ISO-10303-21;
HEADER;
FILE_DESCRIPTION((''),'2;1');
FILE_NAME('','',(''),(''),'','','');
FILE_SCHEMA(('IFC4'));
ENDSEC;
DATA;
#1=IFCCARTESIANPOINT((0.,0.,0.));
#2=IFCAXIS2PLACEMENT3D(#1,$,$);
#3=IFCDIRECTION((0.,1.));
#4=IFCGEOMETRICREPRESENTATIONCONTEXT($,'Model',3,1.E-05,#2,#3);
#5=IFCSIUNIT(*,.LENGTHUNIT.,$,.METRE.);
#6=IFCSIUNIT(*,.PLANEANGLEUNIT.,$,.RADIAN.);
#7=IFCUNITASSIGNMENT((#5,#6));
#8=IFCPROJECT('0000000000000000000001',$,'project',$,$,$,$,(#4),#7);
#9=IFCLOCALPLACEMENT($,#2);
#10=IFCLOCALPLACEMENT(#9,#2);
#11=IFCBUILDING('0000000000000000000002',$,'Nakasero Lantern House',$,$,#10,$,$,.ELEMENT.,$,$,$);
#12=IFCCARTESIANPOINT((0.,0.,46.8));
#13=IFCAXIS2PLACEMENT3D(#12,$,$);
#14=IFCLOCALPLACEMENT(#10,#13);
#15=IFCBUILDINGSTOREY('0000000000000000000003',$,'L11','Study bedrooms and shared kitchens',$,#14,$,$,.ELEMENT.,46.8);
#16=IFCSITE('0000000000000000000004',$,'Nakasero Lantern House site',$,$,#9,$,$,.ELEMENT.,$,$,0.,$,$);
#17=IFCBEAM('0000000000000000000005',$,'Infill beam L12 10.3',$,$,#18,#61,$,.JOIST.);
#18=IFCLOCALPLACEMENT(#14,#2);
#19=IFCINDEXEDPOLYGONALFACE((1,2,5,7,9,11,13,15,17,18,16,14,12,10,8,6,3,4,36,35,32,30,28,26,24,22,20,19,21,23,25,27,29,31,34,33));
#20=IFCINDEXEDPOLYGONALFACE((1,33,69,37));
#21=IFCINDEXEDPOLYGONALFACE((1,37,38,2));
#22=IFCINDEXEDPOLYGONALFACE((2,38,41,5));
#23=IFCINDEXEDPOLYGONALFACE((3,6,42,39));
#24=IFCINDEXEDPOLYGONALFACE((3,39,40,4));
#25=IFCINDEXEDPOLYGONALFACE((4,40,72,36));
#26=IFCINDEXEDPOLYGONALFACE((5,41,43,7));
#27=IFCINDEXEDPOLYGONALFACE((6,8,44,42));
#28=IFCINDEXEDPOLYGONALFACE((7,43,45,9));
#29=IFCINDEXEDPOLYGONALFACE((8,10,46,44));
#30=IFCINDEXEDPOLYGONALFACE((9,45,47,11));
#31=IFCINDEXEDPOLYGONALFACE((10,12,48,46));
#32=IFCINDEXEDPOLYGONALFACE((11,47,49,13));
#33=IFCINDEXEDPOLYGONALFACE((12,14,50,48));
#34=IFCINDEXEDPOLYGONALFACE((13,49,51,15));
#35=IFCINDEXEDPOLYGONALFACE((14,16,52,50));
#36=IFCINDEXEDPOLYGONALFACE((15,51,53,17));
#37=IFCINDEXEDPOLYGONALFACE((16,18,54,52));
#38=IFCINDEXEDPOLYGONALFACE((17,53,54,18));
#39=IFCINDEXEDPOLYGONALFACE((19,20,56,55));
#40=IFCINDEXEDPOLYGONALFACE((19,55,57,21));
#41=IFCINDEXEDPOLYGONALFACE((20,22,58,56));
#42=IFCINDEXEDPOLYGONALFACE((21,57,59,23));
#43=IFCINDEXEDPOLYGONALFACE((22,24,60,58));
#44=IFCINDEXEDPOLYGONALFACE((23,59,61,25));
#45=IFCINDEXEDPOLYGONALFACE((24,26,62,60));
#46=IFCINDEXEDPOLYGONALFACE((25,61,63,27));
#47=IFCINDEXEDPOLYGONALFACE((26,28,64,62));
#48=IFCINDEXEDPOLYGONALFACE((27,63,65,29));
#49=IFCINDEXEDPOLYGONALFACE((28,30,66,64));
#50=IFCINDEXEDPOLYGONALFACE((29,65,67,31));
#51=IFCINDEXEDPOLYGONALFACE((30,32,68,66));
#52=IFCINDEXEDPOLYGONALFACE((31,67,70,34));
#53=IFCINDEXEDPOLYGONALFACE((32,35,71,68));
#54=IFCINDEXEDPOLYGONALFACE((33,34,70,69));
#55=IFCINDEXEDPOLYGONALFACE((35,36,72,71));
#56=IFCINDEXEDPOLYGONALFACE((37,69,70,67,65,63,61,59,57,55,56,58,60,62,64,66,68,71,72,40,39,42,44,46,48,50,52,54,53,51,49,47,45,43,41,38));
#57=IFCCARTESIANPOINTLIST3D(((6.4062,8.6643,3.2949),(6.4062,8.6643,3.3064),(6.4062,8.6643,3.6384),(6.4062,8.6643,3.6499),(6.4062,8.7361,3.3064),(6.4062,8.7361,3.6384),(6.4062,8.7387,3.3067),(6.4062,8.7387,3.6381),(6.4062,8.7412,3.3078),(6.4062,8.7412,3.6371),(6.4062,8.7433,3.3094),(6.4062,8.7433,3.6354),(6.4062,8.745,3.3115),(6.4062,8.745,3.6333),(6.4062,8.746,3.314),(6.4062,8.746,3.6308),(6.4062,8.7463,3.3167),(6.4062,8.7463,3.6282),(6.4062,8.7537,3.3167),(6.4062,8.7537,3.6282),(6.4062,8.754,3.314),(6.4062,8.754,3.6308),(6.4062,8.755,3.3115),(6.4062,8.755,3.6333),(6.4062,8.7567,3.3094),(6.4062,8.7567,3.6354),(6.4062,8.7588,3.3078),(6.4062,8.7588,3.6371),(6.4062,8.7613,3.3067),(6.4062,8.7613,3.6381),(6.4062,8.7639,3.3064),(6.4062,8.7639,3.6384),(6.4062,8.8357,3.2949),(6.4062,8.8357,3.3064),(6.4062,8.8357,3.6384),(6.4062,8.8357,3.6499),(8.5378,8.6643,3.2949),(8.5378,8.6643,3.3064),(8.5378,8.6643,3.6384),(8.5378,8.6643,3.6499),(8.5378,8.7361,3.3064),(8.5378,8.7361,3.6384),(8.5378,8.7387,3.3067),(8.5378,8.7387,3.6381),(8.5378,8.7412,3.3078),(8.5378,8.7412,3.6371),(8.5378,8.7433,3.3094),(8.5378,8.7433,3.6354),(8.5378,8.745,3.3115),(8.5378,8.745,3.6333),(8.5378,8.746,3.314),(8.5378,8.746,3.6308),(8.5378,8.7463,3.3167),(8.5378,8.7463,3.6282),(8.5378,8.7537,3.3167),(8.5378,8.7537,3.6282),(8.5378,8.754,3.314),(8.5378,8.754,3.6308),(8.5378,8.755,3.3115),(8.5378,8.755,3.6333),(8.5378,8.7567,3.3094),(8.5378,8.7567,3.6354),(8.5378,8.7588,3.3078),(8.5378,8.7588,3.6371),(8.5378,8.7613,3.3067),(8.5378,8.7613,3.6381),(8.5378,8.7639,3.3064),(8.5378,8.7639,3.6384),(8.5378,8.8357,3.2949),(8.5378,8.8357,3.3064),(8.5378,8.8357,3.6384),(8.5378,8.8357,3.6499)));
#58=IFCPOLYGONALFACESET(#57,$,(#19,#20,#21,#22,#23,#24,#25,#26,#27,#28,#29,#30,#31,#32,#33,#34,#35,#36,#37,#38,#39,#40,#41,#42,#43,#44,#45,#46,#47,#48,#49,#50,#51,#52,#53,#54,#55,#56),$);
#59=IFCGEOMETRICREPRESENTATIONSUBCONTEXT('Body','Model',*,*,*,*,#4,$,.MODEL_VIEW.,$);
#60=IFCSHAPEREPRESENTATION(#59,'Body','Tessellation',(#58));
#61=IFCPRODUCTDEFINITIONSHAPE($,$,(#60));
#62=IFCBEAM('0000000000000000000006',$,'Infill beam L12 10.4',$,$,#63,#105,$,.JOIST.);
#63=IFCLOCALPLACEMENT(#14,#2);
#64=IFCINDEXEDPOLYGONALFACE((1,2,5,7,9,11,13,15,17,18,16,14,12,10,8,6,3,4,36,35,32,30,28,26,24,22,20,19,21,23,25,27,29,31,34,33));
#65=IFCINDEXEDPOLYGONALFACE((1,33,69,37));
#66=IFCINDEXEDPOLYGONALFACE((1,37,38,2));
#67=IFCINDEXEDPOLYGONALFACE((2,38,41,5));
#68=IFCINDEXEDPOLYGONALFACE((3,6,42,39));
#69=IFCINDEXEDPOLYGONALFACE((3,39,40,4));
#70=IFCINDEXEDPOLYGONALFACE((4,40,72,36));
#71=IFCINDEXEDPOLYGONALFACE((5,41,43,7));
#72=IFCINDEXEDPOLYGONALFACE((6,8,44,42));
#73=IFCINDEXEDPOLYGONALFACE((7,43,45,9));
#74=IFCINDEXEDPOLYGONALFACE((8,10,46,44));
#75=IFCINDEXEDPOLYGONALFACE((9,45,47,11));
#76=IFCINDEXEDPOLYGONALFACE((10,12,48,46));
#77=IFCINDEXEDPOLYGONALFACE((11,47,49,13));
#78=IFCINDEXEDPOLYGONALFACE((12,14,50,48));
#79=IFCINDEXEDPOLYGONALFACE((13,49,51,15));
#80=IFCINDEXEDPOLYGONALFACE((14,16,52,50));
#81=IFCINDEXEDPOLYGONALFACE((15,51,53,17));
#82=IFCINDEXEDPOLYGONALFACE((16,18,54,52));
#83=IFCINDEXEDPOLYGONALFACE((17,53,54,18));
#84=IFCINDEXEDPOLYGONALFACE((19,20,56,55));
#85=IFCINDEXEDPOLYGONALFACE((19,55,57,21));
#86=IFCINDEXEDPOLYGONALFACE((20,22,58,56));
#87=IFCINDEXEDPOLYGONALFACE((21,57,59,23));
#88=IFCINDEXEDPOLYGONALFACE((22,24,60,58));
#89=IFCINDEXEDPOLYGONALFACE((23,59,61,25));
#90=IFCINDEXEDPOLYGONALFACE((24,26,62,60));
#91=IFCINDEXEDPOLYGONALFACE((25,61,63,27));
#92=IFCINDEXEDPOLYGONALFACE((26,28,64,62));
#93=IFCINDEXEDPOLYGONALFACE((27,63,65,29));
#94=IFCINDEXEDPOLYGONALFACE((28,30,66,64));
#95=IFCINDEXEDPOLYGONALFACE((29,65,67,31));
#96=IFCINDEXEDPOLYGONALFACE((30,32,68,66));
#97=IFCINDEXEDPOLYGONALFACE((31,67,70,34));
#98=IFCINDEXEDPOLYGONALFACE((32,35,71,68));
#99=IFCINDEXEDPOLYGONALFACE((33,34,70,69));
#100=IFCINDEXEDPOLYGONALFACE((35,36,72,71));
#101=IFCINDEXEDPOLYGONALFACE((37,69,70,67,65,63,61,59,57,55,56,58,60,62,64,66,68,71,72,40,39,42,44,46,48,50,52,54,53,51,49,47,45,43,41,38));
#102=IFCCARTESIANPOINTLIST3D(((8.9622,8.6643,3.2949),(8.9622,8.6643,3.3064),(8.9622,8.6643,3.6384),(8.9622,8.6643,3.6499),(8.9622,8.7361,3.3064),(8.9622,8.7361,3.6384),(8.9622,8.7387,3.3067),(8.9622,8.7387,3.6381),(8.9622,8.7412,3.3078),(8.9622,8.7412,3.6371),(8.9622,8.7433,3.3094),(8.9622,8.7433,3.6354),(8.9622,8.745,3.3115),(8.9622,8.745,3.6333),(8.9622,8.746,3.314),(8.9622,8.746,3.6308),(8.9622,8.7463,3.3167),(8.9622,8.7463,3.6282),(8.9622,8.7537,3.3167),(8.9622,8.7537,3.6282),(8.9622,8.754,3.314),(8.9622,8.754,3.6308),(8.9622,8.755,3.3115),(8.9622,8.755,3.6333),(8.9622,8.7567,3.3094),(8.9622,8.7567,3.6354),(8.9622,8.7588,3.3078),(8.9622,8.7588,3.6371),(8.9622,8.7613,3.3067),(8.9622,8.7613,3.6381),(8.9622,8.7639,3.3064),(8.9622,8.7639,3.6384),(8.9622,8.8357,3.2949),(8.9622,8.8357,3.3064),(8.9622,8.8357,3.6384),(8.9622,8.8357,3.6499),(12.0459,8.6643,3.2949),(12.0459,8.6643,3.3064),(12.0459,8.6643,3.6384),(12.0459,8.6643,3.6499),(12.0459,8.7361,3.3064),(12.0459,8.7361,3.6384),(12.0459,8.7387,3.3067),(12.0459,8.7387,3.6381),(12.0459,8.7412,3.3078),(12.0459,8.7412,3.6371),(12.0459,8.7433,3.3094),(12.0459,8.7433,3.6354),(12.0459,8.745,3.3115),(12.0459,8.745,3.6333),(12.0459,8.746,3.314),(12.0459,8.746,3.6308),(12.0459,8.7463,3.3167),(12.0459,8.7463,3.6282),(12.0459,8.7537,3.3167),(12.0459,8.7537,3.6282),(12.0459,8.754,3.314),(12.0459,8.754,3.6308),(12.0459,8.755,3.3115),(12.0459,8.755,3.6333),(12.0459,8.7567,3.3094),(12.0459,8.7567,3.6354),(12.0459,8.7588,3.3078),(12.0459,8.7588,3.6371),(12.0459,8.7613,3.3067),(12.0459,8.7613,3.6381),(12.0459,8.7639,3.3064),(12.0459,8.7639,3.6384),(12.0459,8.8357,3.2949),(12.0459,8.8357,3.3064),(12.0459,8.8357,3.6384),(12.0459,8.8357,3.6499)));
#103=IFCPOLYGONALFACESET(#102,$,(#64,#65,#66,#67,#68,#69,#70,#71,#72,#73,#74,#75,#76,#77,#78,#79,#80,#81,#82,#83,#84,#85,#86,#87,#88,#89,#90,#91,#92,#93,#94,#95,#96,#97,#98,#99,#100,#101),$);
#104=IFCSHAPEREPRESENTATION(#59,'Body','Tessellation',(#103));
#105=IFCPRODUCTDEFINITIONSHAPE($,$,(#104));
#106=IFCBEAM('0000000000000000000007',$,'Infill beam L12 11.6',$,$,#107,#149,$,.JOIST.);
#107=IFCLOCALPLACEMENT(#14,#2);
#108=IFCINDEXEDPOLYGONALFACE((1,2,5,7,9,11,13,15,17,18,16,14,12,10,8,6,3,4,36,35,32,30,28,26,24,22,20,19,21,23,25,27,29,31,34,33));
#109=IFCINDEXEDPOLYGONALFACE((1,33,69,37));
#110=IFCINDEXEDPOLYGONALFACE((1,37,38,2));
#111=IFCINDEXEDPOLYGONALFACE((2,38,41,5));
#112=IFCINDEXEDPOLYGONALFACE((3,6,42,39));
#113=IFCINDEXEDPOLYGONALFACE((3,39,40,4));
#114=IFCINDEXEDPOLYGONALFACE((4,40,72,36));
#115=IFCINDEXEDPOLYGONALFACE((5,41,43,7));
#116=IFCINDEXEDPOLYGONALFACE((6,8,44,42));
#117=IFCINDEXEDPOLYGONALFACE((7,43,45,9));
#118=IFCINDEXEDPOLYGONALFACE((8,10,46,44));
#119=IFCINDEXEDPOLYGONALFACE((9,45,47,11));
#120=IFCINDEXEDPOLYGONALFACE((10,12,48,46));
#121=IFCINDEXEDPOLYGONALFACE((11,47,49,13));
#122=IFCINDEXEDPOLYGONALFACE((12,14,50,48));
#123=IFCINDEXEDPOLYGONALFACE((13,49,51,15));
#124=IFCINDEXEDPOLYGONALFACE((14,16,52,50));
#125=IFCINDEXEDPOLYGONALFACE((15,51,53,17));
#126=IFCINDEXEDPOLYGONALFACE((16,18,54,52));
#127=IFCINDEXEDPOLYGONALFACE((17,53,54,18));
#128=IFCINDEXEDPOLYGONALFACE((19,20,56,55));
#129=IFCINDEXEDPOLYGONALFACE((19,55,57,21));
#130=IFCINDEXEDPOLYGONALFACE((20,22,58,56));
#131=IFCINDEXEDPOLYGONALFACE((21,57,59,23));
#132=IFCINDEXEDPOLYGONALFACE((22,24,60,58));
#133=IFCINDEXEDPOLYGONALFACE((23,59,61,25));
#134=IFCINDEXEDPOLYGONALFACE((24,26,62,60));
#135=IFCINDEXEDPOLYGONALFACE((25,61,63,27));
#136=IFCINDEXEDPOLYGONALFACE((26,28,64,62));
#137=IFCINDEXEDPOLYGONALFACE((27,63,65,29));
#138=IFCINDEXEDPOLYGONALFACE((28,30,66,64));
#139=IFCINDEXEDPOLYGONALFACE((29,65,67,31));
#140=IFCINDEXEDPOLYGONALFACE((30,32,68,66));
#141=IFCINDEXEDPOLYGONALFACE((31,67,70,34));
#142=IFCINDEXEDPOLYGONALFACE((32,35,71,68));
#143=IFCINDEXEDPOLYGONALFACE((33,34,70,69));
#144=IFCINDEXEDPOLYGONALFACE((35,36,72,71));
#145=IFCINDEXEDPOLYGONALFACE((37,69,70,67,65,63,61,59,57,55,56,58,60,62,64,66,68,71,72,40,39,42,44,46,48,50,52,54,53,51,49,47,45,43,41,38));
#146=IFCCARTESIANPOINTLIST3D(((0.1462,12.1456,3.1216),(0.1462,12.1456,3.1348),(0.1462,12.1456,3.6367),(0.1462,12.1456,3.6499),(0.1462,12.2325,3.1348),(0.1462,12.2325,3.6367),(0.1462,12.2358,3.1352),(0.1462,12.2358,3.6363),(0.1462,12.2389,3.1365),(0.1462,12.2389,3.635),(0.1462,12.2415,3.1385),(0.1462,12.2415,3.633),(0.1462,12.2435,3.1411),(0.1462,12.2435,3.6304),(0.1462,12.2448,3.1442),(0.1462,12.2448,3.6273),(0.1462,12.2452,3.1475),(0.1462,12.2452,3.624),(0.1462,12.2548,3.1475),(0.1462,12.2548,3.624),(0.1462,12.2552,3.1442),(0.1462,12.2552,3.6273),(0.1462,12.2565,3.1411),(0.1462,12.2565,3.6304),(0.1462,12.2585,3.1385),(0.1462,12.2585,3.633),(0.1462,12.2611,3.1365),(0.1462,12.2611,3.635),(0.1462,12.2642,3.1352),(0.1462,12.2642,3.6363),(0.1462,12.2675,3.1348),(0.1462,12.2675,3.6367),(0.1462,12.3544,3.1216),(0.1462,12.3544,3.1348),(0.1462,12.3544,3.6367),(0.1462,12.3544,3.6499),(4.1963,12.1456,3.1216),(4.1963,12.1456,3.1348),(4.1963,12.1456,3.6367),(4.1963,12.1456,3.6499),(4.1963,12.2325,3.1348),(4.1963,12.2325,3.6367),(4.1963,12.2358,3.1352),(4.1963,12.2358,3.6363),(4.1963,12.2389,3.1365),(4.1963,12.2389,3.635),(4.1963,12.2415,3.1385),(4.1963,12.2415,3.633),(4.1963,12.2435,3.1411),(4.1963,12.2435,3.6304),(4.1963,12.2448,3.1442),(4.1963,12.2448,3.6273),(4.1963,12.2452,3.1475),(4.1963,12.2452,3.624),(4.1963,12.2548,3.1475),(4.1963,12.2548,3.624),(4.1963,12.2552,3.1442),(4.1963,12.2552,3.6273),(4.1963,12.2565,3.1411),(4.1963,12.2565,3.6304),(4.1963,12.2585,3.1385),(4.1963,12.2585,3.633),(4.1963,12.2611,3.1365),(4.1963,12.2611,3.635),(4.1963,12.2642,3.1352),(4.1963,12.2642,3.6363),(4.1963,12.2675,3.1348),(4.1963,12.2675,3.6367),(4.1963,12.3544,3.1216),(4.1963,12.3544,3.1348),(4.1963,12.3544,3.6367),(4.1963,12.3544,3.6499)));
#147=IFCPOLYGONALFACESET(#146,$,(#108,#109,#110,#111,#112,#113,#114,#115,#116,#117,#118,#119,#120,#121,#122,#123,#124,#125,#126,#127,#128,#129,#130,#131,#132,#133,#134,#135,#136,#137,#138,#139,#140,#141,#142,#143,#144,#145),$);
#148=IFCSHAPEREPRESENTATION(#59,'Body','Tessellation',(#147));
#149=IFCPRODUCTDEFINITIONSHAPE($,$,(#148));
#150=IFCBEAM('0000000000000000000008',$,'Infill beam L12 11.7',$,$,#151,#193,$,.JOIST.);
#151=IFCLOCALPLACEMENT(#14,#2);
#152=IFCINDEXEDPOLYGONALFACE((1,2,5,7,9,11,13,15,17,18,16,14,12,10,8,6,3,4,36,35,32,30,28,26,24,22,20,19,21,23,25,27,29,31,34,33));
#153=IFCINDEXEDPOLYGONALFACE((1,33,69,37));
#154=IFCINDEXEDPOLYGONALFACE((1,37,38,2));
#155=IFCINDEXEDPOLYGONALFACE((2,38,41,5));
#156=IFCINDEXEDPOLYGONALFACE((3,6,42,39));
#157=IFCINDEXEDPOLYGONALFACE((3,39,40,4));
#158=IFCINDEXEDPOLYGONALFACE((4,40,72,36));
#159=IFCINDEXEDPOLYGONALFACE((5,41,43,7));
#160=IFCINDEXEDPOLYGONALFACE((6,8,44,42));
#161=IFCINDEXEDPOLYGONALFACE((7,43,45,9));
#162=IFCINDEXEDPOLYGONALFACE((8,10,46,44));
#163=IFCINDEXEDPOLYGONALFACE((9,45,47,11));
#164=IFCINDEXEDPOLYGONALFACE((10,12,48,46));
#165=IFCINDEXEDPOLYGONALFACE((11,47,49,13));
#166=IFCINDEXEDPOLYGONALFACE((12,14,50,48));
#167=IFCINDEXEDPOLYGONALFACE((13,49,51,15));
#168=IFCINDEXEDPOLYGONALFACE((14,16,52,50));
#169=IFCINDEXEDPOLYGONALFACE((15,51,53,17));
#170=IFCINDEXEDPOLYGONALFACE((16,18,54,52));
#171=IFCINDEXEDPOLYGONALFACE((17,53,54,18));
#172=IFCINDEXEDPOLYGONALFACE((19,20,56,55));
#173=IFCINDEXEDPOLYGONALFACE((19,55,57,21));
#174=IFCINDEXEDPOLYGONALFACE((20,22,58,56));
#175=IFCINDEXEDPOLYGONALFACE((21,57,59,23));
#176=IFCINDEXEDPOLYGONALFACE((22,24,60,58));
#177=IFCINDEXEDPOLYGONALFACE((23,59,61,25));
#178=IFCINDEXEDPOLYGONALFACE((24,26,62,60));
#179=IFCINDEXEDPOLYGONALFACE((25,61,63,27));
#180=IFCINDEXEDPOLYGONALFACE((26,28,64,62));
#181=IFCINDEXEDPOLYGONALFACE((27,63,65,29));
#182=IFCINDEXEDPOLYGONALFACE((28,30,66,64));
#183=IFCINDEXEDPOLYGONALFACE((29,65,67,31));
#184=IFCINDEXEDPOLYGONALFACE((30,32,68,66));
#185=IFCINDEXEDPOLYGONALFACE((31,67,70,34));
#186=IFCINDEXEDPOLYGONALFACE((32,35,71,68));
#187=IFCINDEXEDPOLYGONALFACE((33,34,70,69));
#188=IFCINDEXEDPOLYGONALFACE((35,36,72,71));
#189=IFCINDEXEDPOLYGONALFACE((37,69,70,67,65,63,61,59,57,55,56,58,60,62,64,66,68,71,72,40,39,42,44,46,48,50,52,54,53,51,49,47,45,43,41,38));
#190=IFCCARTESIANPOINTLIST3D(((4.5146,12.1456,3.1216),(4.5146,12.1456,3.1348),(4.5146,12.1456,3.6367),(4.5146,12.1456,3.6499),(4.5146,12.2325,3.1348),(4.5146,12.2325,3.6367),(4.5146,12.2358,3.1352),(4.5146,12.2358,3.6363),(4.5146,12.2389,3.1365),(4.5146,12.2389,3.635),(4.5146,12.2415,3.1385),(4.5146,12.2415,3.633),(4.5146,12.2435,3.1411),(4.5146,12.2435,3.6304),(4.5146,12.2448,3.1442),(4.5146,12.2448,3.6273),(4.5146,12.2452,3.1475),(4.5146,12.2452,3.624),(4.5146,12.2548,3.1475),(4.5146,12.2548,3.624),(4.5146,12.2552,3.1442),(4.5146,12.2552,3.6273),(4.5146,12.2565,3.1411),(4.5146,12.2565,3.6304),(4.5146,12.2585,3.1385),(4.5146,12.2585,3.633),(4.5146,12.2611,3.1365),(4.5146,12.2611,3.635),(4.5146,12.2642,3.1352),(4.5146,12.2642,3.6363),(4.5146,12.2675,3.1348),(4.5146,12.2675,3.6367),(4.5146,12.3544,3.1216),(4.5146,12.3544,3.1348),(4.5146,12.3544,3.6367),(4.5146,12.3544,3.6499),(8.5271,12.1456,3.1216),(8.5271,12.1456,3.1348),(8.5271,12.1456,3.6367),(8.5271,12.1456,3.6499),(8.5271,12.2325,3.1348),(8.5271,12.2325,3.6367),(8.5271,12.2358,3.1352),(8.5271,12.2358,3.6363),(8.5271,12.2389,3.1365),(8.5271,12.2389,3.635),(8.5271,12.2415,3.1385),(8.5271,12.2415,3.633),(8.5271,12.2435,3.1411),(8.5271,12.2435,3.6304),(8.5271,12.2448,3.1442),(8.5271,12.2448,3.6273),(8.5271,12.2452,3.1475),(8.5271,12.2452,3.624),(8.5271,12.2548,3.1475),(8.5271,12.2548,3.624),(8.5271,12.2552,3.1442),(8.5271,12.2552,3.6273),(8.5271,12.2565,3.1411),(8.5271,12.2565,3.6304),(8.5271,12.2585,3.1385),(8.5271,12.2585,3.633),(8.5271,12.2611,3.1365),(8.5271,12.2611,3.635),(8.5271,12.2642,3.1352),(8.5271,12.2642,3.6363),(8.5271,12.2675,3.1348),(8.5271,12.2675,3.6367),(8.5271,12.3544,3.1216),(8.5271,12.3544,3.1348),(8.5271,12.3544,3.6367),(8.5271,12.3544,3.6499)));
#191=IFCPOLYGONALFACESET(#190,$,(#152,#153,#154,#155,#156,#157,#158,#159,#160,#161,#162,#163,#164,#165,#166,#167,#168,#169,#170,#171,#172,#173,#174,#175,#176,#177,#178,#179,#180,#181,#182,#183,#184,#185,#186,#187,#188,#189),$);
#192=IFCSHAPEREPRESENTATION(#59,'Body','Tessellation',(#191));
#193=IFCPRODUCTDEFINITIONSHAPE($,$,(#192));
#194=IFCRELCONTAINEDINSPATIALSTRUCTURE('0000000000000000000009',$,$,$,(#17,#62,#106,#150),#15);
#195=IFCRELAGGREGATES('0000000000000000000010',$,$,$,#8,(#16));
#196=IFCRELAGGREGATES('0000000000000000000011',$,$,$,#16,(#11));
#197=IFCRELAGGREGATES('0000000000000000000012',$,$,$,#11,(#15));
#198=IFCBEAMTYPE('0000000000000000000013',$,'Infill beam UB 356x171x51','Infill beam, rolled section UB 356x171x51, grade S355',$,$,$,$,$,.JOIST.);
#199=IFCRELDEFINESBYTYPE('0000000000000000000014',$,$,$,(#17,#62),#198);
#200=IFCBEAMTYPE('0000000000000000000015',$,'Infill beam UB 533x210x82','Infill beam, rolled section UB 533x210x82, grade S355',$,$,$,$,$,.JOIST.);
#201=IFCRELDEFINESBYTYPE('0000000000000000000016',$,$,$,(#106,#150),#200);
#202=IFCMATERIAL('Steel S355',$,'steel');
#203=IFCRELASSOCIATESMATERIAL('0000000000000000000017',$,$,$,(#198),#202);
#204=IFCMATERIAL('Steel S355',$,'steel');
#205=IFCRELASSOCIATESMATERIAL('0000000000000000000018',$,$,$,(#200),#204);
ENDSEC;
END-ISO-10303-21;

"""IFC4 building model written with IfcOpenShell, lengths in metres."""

from ifc_helpers import new_model, si_unit, direction, frame, origin, origin_2d, place, context, subcontext, project, spatial, i_section, extrude, material, material_profile, profile_set, type_object, element, save


model = new_model("IFC4")

# Units and contexts
model_context = context("Model", 3, precision=1e-05, world=origin(), true_north=direction((0.0, 1.0)))
body_context = subcontext(model_context, "Body", "Model", "MODEL_VIEW")
ifc_project = project(units=[si_unit("LENGTHUNIT", "METRE"), si_unit("PLANEANGLEUNIT", "RADIAN")], contexts=[model_context])

# Site, building, storey
site_placement = place(None, origin())
site = spatial("IfcSite", under=ifc_project, at=site_placement, Name="Nakasero Lantern House site", CompositionType="ELEMENT", RefElevation=0.0)
building_placement = place(site_placement, origin())
building = spatial("IfcBuilding", under=site, at=building_placement, Name="Nakasero Lantern House", CompositionType="ELEMENT")
storey_placement = place(building_placement, frame((0.0, 0.0, 46.8)))
storey = spatial("IfcBuildingStorey", under=building, at=storey_placement, Name="L11", Description="Study bedrooms and shared kitchens", CompositionType="ELEMENT", Elevation=46.8)

# Beams
ifc_material_1 = material(Name="Steel S355", Category="steel")
ifc_material_profile_1 = material_profile(ifc_material_1, i_section(OverallWidth=0.1714, OverallDepth=0.355, WebThickness=0.0073, FlangeThickness=0.0115, FilletRadius=0.0103, at=origin_2d()), Name="UB 356x171x51")
ifc_profile_set_1 = profile_set([ifc_material_profile_1], Name="Steel S355")
beam_type_1 = type_object("IfcBeamType", Name="Infill beam UB 356x171x51", Description="Infill beam, rolled section UB 356x171x51, grade S355", PredefinedType="JOIST", material=ifc_profile_set_1)
beam_1_placement = place(storey_placement, frame((6.4062, 8.75, 3.4724), z_axis=(1.0, 0.0, 0.0), x_axis=(0.0, 1.0, 0.0)))
element("IfcBeam", 1, at=beam_1_placement, inside=storey, type_object=beam_type_1, Name="Infill beam L12 10.3", PredefinedType="JOIST", context=body_context, shape_type="SweptSolid", body=[
    extrude(i_section(OverallWidth=0.1714, OverallDepth=0.355, WebThickness=0.0073, FlangeThickness=0.0115, FilletRadius=0.0103, at=origin_2d()), origin(), (0.0, 0.0, 1.0), 2.1316),
])
beam_2_placement = place(storey_placement, frame((8.9622, 8.75, 3.4724), z_axis=(1.0, 0.0, 0.0), x_axis=(0.0, 1.0, 0.0)))
element("IfcBeam", 2, at=beam_2_placement, inside=storey, type_object=beam_type_1, Name="Infill beam L12 10.4", PredefinedType="JOIST", context=body_context, shape_type="SweptSolid", body=[
    extrude(i_section(OverallWidth=0.1714, OverallDepth=0.355, WebThickness=0.0073, FlangeThickness=0.0115, FilletRadius=0.0103, at=origin_2d()), origin(), (0.0, 0.0, 1.0), 3.0837),
])
ifc_material_2 = material(Name="Steel S355", Category="steel")
ifc_material_profile_2 = material_profile(ifc_material_2, i_section(OverallWidth=0.2087, OverallDepth=0.5283, WebThickness=0.0095, FlangeThickness=0.0132, FilletRadius=0.0127, at=origin_2d()), Name="UB 533x210x82")
ifc_profile_set_2 = profile_set([ifc_material_profile_2], Name="Steel S355")
beam_type_2 = type_object("IfcBeamType", Name="Infill beam UB 533x210x82", Description="Infill beam, rolled section UB 533x210x82, grade S355", PredefinedType="JOIST", material=ifc_profile_set_2)
beam_3_placement = place(storey_placement, frame((0.1462, 12.25, 3.3857), z_axis=(1.0, 0.0, 0.0), x_axis=(0.0, 1.0, 0.0)))
element("IfcBeam", 3, at=beam_3_placement, inside=storey, type_object=beam_type_2, Name="Infill beam L12 11.6", PredefinedType="JOIST", context=body_context, shape_type="SweptSolid", body=[
    extrude(i_section(OverallWidth=0.2087, OverallDepth=0.5283, WebThickness=0.0095, FlangeThickness=0.0132, FilletRadius=0.0127, at=origin_2d()), origin(), (0.0, 0.0, 1.0), 4.05),
])
beam_4_placement = place(storey_placement, frame((4.5146, 12.25, 3.3857), z_axis=(1.0, 0.0, 0.0), x_axis=(0.0, 1.0, 0.0)))
element("IfcBeam", 4, at=beam_4_placement, inside=storey, type_object=beam_type_2, Name="Infill beam L12 11.7", PredefinedType="JOIST", context=body_context, shape_type="SweptSolid", body=[
    extrude(i_section(OverallWidth=0.2087, OverallDepth=0.5283, WebThickness=0.0095, FlangeThickness=0.0132, FilletRadius=0.0127, at=origin_2d()), origin(), (0.0, 0.0, 1.0), 4.0125),
])

save(model, "model.ifc")
